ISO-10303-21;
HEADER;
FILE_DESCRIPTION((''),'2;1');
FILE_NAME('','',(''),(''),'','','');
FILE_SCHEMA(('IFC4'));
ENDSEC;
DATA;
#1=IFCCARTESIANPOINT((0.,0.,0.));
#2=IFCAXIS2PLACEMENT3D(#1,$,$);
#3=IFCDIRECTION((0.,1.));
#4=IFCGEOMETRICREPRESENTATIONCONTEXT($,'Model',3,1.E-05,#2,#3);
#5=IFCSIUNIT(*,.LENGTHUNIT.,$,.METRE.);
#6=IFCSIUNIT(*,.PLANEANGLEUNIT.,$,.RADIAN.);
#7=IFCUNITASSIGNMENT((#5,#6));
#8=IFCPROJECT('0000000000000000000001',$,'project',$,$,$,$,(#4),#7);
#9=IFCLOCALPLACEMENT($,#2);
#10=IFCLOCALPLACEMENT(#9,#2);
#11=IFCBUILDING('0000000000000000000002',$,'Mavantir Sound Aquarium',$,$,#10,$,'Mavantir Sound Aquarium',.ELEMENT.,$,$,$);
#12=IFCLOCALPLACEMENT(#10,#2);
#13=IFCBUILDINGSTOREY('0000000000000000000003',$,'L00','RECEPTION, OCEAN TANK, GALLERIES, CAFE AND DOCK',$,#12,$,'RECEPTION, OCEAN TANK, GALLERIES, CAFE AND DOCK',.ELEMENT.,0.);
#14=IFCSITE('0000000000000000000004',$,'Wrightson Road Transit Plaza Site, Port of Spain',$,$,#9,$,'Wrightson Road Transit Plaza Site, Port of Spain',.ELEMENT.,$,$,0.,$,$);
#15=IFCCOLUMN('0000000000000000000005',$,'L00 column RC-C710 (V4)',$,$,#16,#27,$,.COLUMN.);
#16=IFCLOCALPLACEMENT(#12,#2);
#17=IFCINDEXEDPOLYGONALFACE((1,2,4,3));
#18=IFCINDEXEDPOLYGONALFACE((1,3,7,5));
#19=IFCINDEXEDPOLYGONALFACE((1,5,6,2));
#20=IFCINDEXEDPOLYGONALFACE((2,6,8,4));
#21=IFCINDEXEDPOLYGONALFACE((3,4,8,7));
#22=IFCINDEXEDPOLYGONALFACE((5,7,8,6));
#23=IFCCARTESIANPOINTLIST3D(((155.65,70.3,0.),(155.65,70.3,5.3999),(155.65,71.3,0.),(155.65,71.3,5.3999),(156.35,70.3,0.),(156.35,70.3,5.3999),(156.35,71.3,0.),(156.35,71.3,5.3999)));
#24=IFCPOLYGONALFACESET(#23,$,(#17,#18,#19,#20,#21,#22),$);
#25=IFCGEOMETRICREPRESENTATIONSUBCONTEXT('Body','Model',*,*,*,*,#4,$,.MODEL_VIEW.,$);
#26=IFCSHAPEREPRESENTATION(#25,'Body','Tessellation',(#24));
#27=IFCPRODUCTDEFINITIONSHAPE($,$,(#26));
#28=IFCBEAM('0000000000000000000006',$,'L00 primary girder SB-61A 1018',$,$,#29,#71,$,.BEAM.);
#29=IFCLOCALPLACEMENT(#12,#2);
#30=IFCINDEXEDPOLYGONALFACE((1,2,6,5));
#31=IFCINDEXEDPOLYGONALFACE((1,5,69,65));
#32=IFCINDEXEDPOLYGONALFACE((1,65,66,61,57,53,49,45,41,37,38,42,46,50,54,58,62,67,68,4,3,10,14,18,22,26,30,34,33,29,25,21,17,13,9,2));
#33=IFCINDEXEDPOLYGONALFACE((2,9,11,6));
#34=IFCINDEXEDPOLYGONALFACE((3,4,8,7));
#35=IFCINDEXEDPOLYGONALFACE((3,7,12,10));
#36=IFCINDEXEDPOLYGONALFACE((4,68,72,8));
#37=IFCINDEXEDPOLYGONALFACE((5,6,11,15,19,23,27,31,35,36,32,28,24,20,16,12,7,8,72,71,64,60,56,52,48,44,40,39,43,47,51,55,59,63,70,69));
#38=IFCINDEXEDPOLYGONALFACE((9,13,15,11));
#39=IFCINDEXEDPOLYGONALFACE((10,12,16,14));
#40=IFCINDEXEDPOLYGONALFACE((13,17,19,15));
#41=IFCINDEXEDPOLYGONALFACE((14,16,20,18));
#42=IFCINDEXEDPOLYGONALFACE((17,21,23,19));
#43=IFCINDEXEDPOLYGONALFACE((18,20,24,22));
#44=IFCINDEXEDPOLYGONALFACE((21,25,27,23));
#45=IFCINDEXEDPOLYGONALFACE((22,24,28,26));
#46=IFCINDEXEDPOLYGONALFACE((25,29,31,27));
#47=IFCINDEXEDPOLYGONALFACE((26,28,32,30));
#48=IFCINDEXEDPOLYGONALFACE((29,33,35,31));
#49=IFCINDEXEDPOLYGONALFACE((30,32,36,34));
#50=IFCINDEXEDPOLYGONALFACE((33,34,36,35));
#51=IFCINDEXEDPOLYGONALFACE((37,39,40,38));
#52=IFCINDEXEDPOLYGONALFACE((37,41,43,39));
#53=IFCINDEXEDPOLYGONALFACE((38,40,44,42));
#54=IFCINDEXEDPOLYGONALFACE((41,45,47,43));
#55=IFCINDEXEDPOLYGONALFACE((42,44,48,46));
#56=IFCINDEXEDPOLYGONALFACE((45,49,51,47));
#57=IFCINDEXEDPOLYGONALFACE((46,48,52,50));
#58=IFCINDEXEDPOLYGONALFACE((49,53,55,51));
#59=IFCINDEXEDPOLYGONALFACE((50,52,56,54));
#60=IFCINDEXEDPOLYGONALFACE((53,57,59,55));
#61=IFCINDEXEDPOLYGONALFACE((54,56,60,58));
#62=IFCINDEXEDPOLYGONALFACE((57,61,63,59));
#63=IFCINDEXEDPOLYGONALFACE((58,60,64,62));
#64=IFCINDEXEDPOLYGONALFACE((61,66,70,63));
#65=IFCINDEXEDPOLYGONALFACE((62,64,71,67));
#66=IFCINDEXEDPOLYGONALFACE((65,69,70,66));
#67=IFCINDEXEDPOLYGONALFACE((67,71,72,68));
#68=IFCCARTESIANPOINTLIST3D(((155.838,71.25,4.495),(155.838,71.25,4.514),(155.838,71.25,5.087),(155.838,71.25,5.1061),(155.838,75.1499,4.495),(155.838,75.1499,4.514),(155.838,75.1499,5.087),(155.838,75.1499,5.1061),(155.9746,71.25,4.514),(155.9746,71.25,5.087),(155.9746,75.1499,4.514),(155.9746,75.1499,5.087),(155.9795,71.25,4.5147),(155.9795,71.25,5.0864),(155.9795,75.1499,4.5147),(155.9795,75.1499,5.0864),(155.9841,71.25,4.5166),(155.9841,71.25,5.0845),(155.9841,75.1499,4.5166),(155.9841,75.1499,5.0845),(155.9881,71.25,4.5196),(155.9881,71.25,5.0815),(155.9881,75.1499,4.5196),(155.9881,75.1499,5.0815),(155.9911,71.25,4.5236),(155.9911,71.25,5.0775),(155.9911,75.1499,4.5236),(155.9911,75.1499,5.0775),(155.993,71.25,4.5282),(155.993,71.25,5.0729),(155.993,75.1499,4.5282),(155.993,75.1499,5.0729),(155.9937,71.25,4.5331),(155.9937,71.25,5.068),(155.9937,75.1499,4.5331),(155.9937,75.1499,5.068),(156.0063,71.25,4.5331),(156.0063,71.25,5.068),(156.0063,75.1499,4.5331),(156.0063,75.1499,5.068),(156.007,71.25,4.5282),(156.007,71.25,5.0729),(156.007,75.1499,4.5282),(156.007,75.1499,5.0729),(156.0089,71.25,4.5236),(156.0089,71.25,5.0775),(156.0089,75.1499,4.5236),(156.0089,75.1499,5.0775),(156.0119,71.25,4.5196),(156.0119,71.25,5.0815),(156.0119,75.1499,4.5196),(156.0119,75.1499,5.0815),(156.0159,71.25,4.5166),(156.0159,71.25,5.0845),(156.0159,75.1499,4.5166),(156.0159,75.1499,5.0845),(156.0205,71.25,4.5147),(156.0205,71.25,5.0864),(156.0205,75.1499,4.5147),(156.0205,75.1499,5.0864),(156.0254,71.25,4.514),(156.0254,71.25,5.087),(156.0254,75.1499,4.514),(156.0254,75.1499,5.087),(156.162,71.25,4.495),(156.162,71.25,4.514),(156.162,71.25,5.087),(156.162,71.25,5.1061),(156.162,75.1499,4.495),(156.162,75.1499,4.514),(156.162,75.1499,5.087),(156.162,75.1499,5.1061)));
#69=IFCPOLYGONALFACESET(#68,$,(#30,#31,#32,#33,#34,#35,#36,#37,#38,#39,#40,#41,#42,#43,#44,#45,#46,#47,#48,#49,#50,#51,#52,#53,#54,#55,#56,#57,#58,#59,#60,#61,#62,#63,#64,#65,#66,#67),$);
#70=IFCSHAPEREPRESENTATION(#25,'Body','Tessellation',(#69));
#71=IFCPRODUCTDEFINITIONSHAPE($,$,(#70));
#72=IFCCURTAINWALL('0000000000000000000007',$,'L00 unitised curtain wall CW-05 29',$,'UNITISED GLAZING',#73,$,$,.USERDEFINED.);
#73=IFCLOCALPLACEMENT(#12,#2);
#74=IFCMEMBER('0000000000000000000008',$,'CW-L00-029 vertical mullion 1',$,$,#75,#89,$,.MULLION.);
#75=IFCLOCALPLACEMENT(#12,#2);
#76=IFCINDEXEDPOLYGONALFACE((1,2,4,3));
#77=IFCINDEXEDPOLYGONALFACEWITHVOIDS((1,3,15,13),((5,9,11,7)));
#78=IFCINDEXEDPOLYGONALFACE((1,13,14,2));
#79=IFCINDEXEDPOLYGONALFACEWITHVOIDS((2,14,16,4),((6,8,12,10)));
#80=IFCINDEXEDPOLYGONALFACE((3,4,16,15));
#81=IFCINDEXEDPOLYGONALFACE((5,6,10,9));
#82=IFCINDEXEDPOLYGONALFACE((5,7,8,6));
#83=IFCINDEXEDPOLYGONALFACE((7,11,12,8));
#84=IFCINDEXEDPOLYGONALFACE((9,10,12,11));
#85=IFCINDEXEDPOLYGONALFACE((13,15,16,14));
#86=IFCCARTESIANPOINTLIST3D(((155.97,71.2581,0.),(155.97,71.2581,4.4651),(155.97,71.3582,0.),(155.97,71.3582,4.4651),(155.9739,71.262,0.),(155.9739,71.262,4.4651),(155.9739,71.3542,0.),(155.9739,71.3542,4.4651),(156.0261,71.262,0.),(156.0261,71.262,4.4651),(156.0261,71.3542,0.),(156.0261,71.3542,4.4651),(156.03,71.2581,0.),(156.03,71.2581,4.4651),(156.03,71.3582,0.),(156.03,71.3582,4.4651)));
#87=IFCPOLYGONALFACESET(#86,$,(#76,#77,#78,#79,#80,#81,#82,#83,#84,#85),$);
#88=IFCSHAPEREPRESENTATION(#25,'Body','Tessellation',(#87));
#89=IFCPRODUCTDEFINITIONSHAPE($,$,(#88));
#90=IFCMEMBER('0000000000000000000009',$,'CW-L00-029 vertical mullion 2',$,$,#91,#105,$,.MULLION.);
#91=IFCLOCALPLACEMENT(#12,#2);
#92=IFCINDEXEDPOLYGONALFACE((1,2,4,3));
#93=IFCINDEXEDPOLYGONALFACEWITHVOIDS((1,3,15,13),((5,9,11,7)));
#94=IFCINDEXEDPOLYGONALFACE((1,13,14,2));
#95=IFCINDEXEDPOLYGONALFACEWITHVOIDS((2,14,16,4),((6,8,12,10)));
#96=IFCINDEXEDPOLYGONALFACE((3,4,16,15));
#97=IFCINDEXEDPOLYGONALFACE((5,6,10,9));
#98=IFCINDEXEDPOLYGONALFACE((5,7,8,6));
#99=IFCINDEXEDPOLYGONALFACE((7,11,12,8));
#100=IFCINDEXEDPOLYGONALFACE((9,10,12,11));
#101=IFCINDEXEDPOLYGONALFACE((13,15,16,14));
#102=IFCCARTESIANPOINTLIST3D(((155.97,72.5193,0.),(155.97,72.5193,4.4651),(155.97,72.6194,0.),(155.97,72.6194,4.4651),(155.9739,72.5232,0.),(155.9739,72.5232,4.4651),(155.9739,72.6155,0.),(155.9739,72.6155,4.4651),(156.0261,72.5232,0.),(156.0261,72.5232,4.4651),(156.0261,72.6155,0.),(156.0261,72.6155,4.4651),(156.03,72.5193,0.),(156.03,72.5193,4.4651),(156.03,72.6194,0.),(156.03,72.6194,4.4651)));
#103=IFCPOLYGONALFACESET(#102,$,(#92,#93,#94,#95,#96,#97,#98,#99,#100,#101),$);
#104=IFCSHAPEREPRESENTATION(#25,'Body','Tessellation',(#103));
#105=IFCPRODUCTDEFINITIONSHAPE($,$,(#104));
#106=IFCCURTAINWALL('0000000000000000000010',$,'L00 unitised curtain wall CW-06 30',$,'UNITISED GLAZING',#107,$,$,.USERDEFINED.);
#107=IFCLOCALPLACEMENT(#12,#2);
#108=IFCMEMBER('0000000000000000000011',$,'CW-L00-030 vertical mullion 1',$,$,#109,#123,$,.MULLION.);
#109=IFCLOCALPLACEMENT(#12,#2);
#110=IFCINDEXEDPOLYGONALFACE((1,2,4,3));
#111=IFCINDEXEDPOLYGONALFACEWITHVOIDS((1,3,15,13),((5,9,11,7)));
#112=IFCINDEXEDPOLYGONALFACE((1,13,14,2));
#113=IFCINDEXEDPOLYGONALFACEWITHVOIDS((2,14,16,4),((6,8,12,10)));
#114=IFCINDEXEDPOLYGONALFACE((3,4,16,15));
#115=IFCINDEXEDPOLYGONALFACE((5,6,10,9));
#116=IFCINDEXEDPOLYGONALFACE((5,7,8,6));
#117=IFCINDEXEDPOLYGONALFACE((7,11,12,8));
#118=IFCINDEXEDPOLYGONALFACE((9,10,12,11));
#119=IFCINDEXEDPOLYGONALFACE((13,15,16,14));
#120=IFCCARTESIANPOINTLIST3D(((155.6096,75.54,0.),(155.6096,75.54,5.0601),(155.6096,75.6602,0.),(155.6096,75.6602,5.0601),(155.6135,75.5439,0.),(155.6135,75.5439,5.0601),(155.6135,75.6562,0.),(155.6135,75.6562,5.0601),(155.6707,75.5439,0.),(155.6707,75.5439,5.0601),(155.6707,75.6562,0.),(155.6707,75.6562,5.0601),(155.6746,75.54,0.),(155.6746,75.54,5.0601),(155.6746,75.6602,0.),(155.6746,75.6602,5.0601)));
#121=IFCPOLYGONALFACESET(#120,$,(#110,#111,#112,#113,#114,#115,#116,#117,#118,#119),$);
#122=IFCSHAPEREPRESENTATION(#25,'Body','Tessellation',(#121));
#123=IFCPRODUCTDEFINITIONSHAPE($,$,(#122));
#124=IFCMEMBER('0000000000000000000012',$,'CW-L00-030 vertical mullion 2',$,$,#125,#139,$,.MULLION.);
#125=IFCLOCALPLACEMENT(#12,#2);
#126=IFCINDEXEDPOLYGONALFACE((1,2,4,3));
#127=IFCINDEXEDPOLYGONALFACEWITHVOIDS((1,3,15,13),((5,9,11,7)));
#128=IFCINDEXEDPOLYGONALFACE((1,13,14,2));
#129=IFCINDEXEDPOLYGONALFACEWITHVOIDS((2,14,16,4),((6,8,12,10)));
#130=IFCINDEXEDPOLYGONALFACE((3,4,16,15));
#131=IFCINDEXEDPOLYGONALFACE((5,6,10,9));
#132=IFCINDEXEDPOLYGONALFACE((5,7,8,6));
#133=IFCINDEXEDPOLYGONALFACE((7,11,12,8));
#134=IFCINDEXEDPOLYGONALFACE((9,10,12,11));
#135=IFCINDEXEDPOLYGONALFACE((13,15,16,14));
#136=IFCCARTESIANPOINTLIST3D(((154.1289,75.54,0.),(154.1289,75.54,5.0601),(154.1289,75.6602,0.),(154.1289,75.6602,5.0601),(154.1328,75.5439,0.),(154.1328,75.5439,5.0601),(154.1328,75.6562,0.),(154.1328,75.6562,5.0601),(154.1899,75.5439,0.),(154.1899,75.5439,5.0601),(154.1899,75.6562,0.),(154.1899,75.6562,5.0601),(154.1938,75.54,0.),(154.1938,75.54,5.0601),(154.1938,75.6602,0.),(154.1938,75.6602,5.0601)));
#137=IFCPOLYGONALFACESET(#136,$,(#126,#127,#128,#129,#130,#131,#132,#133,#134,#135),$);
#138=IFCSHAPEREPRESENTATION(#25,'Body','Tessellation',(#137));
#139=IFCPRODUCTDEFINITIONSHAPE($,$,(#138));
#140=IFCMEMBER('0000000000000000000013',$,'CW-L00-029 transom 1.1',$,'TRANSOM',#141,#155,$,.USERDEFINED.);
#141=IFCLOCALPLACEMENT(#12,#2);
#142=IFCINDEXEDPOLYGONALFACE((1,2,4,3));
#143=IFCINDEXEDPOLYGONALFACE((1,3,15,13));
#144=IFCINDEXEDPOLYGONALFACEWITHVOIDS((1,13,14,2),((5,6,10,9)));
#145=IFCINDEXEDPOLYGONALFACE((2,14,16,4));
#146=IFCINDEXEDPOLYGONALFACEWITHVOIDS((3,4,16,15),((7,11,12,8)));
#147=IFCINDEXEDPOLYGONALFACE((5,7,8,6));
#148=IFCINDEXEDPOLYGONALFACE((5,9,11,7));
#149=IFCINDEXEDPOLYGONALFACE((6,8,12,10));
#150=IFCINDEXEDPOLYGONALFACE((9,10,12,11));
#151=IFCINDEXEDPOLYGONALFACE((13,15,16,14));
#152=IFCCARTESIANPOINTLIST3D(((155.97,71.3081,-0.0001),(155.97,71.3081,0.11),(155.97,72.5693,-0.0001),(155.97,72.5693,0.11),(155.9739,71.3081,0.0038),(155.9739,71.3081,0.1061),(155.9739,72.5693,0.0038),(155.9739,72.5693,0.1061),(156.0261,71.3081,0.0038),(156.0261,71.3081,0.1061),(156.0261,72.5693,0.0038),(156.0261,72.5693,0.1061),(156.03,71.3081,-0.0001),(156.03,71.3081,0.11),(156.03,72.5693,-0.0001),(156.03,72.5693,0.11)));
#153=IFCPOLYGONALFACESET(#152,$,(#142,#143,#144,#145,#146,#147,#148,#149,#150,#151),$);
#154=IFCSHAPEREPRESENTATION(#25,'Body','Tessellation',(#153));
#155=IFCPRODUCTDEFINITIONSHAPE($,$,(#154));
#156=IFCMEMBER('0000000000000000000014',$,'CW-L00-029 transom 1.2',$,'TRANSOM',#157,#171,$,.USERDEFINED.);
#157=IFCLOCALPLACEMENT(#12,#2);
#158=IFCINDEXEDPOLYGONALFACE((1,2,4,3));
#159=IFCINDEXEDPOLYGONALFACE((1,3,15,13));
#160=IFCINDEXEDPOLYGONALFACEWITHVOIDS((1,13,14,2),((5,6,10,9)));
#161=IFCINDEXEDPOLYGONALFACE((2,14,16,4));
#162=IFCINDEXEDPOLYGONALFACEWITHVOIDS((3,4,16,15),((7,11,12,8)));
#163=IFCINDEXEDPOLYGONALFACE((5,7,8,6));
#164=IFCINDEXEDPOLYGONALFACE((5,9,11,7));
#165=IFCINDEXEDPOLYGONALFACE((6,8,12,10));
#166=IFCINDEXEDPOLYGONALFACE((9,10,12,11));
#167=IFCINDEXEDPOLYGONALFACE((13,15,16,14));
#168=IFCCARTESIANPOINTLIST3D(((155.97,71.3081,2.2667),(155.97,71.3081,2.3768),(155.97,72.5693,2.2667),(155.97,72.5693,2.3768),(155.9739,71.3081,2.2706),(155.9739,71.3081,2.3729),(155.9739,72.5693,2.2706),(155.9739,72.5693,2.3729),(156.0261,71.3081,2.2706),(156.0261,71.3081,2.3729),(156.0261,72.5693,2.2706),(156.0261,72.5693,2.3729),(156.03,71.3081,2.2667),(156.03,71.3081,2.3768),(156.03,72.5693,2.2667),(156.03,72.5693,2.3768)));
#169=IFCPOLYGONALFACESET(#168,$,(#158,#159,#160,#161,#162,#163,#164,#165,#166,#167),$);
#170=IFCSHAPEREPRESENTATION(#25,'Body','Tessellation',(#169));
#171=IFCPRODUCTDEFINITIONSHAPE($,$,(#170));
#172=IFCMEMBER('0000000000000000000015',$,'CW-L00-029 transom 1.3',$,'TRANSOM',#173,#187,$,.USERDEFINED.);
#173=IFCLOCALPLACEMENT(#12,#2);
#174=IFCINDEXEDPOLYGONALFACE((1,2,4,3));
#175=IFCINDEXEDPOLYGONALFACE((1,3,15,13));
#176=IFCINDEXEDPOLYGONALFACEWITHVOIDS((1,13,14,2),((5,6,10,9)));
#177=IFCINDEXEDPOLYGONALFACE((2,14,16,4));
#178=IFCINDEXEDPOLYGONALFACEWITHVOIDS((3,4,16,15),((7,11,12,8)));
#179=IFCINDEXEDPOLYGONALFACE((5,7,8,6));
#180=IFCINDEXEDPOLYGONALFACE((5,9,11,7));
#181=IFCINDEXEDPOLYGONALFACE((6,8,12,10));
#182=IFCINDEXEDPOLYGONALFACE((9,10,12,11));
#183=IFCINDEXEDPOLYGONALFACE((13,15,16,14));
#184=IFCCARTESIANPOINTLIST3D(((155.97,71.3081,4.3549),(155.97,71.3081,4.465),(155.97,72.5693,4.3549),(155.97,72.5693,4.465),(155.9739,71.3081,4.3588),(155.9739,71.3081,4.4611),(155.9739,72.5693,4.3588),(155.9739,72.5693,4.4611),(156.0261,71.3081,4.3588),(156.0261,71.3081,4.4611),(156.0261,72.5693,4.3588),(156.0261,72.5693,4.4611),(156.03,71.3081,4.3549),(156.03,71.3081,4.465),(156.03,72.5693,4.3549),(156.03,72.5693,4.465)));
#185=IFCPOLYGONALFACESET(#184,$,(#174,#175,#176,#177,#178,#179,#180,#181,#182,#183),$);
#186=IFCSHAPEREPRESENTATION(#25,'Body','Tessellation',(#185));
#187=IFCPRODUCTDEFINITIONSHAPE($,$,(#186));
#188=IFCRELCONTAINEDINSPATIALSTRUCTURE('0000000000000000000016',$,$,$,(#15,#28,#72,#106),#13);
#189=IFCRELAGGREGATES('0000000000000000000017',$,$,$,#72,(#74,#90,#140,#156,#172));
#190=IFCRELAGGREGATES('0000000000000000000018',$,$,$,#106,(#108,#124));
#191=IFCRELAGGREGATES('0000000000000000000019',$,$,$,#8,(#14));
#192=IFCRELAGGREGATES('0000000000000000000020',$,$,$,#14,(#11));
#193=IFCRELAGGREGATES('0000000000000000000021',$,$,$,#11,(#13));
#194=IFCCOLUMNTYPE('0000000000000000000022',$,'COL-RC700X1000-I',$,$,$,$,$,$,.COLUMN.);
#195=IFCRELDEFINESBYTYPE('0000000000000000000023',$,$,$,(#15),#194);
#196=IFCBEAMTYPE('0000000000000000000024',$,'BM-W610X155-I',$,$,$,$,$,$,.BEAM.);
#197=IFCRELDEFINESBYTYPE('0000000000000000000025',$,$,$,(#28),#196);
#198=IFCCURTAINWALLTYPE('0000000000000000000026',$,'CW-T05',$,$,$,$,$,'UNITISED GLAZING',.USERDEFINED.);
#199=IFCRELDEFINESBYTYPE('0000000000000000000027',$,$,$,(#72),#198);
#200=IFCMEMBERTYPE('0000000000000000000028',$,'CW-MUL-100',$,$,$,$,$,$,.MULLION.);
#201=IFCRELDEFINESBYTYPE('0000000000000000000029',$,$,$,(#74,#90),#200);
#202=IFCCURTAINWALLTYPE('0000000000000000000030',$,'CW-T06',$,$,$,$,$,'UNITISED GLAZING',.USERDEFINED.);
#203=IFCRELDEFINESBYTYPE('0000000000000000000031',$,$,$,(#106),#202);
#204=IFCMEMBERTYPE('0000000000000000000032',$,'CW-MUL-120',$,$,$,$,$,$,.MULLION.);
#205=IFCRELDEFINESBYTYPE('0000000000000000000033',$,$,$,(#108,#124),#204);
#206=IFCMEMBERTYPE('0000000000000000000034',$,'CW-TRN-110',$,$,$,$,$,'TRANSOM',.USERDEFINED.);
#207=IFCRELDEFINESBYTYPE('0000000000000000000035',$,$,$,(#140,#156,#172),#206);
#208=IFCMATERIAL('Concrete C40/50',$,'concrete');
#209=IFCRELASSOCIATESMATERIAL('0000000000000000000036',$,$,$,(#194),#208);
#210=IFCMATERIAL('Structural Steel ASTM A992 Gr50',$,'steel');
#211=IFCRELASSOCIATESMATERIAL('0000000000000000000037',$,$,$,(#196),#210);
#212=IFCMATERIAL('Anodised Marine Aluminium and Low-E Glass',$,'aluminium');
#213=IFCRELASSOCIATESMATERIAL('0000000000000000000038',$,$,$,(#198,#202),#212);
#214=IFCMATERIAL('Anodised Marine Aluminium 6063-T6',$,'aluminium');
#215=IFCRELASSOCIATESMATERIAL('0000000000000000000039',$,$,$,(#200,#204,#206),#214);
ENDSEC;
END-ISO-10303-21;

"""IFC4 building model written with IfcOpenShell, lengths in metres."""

from ifc_helpers import new_model, si_unit, direction, frame, origin, origin_2d, place, context, subcontext, project, spatial, rectangle, hollow_rectangle, i_section, extrude, material, material_profile, profile_set, type_object, element, aggregate, save


model = new_model("IFC4")

# Units and contexts
model_context = context("Model", 3, precision=1e-05, world=origin(), true_north=direction((0.0, 1.0)))
body_context = subcontext(model_context, "Body", "Model", "MODEL_VIEW")
ifc_project = project(units=[si_unit("LENGTHUNIT", "METRE"), si_unit("PLANEANGLEUNIT", "RADIAN")], contexts=[model_context])

# Site, building, storey
site_placement = place(None, origin())
site = spatial("IfcSite", under=ifc_project, at=site_placement, Name="Wrightson Road Transit Plaza Site, Port of Spain", LongName="Wrightson Road Transit Plaza Site, Port of Spain", CompositionType="ELEMENT", RefElevation=0.0)
building_placement = place(site_placement, origin())
building = spatial("IfcBuilding", under=site, at=building_placement, Name="Mavantir Sound Aquarium", LongName="Mavantir Sound Aquarium", CompositionType="ELEMENT")
storey_placement = place(building_placement, origin())
storey = spatial("IfcBuildingStorey", under=building, at=storey_placement, Name="L00", Description="RECEPTION, OCEAN TANK, GALLERIES, CAFE AND DOCK", LongName="RECEPTION, OCEAN TANK, GALLERIES, CAFE AND DOCK", CompositionType="ELEMENT", Elevation=0.0)

# Column
ifc_material_1 = material(Name="Concrete C40/50", Category="concrete")
ifc_material_profile_1 = material_profile(ifc_material_1, rectangle(XDim=0.7, YDim=1.0, at=origin_2d()), Name="RC 700X1000")
ifc_profile_set_1 = profile_set([ifc_material_profile_1], Name="Concrete C40/50")
column_type = type_object("IfcColumnType", Name="COL-RC700X1000-I", PredefinedType="COLUMN", material=ifc_profile_set_1)
column_placement = place(storey_placement, frame((156.0, 70.8, 0.0), z_axis=(0.0, 0.0, 1.0), x_axis=(1.0, 0.0, 0.0)))
element("IfcColumn", 1, at=column_placement, inside=storey, type_object=column_type, Name="L00 column RC-C710 (V4)", PredefinedType="COLUMN", context=body_context, shape_type="SweptSolid", body=[
    extrude(rectangle(XDim=0.7, YDim=1.0, at=origin_2d()), origin(), (0.0, 0.0, 1.0), 5.3999),
])

# Beam
ifc_material_2 = material(Name="Structural Steel ASTM A992 Gr50", Category="steel")
ifc_material_profile_2 = material_profile(ifc_material_2, i_section(OverallWidth=0.324, OverallDepth=0.6111, WebThickness=0.0127, FlangeThickness=0.019, FilletRadius=0.019, at=origin_2d()), Name="W610X155")
ifc_profile_set_2 = profile_set([ifc_material_profile_2], Name="Structural Steel ASTM A992 Gr50")
beam_type = type_object("IfcBeamType", Name="BM-W610X155-I", PredefinedType="BEAM", material=ifc_profile_set_2)
beam_placement = place(storey_placement, frame((156.0, 71.25, 4.8005), z_axis=(0.0, 1.0, 0.0), x_axis=(-1.0, 0.0, 0.0)))
element("IfcBeam", 2, at=beam_placement, inside=storey, type_object=beam_type, Name="L00 primary girder SB-61A 1018", PredefinedType="BEAM", context=body_context, shape_type="SweptSolid", body=[
    extrude(i_section(OverallWidth=0.324, OverallDepth=0.6111, WebThickness=0.0127, FlangeThickness=0.019, FilletRadius=0.019, at=origin_2d()), origin(), (0.0, 0.0, 1.0), 3.8999),
])

# Curtain walls, members
ifc_material_3 = material(Name="Anodised Marine Aluminium and Low-E Glass", Category="aluminium")
curtain_wall_type_1 = type_object("IfcCurtainWallType", Name="CW-T05", ElementType="UNITISED GLAZING", PredefinedType="USERDEFINED", material=ifc_material_3)
curtain_wall_1_placement = place(storey_placement, origin())
curtain_wall_1 = element("IfcCurtainWall", 3, at=curtain_wall_1_placement, inside=storey, type_object=curtain_wall_type_1, Name="L00 unitised curtain wall CW-05 29", ObjectType="UNITISED GLAZING", PredefinedType="USERDEFINED")
ifc_material_4 = material(Name="Anodised Marine Aluminium 6063-T6", Category="aluminium")
ifc_material_profile_3 = material_profile(ifc_material_4, hollow_rectangle(XDim=0.0601, YDim=0.1001, WallThickness=0.0039, at=origin_2d()), Name="ALU-MULLION-100X60")
ifc_profile_set_3 = profile_set([ifc_material_profile_3], Name="Anodised Marine Aluminium 6063-T6")
member_type_1 = type_object("IfcMemberType", Name="CW-MUL-100", PredefinedType="MULLION", material=ifc_profile_set_3)
member_1_placement = place(storey_placement, frame((156.0, 71.3081, 0.0), z_axis=(0.0, 0.0, 1.0), x_axis=(1.0, 0.0, 0.0)))
member_1 = element("IfcMember", 4, at=member_1_placement, type_object=member_type_1, Name="CW-L00-029 vertical mullion 1", PredefinedType="MULLION", context=body_context, shape_type="SweptSolid", body=[
    extrude(hollow_rectangle(XDim=0.0601, YDim=0.1001, WallThickness=0.0039, at=origin_2d()), origin(), (0.0, 0.0, 1.0), 4.4651),
])
member_2_placement = place(storey_placement, frame((156.0, 72.5693, 0.0), z_axis=(0.0, 0.0, 1.0), x_axis=(1.0, 0.0, 0.0)))
member_2 = element("IfcMember", 5, at=member_2_placement, type_object=member_type_1, Name="CW-L00-029 vertical mullion 2", PredefinedType="MULLION", context=body_context, shape_type="SweptSolid", body=[
    extrude(hollow_rectangle(XDim=0.0601, YDim=0.1001, WallThickness=0.0039, at=origin_2d()), origin(), (0.0, 0.0, 1.0), 4.4651),
])
curtain_wall_type_2 = type_object("IfcCurtainWallType", Name="CW-T06", ElementType="UNITISED GLAZING", PredefinedType="USERDEFINED", material=ifc_material_3)
curtain_wall_2_placement = place(storey_placement, origin())
curtain_wall_2 = element("IfcCurtainWall", 6, at=curtain_wall_2_placement, inside=storey, type_object=curtain_wall_type_2, Name="L00 unitised curtain wall CW-06 30", ObjectType="UNITISED GLAZING", PredefinedType="USERDEFINED")
ifc_material_profile_4 = material_profile(ifc_material_4, hollow_rectangle(XDim=0.0649, YDim=0.1201, WallThickness=0.0039, at=origin_2d()), Name="ALU-MULLION-120X65")
ifc_profile_set_4 = profile_set([ifc_material_profile_4], Name="Anodised Marine Aluminium 6063-T6")
member_type_2 = type_object("IfcMemberType", Name="CW-MUL-120", PredefinedType="MULLION", material=ifc_profile_set_4)
member_3_placement = place(storey_placement, frame((155.6421, 75.6001, 0.0), z_axis=(0.0, 0.0, 1.0), x_axis=(1.0, 0.0, 0.0)))
member_3 = element("IfcMember", 7, at=member_3_placement, type_object=member_type_2, Name="CW-L00-030 vertical mullion 1", PredefinedType="MULLION", context=body_context, shape_type="SweptSolid", body=[
    extrude(hollow_rectangle(XDim=0.0649, YDim=0.1201, WallThickness=0.0039, at=origin_2d()), origin(), (0.0, 0.0, 1.0), 5.0601),
])
member_4_placement = place(storey_placement, frame((154.1614, 75.6001, 0.0), z_axis=(0.0, 0.0, 1.0), x_axis=(1.0, 0.0, 0.0)))
member_4 = element("IfcMember", 8, at=member_4_placement, type_object=member_type_2, Name="CW-L00-030 vertical mullion 2", PredefinedType="MULLION", context=body_context, shape_type="SweptSolid", body=[
    extrude(hollow_rectangle(XDim=0.0649, YDim=0.1201, WallThickness=0.0039, at=origin_2d()), origin(), (0.0, 0.0, 1.0), 5.0601),
])

# Members
ifc_material_profile_5 = material_profile(ifc_material_4, hollow_rectangle(XDim=0.0601, YDim=0.1101, WallThickness=0.0039, at=origin_2d()), Name="ALU-TRANSOM-110X60")
ifc_profile_set_5 = profile_set([ifc_material_profile_5], Name="Anodised Marine Aluminium 6063-T6")
member_type_3 = type_object("IfcMemberType", Name="CW-TRN-110", ElementType="TRANSOM", PredefinedType="USERDEFINED", material=ifc_profile_set_5)
member_5_placement = place(storey_placement, frame((156.0, 71.3081, 0.0549), z_axis=(0.0, 1.0, 0.0), x_axis=(-1.0, 0.0, 0.0)))
member_5 = element("IfcMember", 9, at=member_5_placement, type_object=member_type_3, Name="CW-L00-029 transom 1.1", ObjectType="TRANSOM", PredefinedType="USERDEFINED", context=body_context, shape_type="SweptSolid", body=[
    extrude(hollow_rectangle(XDim=0.0601, YDim=0.1101, WallThickness=0.0039, at=origin_2d()), origin(), (0.0, 0.0, 1.0), 1.2612),
])
member_6_placement = place(storey_placement, frame((156.0, 71.3081, 2.3218), z_axis=(0.0, 1.0, 0.0), x_axis=(-1.0, 0.0, 0.0)))
member_6 = element("IfcMember", 10, at=member_6_placement, type_object=member_type_3, Name="CW-L00-029 transom 1.2", ObjectType="TRANSOM", PredefinedType="USERDEFINED", context=body_context, shape_type="SweptSolid", body=[
    extrude(hollow_rectangle(XDim=0.0601, YDim=0.1101, WallThickness=0.0039, at=origin_2d()), origin(), (0.0, 0.0, 1.0), 1.2612),
])
member_7_placement = place(storey_placement, frame((156.0, 71.3081, 4.4099), z_axis=(0.0, 1.0, 0.0), x_axis=(-1.0, 0.0, 0.0)))
member_7 = element("IfcMember", 11, at=member_7_placement, type_object=member_type_3, Name="CW-L00-029 transom 1.3", ObjectType="TRANSOM", PredefinedType="USERDEFINED", context=body_context, shape_type="SweptSolid", body=[
    extrude(hollow_rectangle(XDim=0.0601, YDim=0.1101, WallThickness=0.0039, at=origin_2d()), origin(), (0.0, 0.0, 1.0), 1.2612),
])

aggregate(curtain_wall_1, [member_1, member_2, member_5, member_6, member_7])
aggregate(curtain_wall_2, [member_3, member_4])

save(model, "model.ifc")
